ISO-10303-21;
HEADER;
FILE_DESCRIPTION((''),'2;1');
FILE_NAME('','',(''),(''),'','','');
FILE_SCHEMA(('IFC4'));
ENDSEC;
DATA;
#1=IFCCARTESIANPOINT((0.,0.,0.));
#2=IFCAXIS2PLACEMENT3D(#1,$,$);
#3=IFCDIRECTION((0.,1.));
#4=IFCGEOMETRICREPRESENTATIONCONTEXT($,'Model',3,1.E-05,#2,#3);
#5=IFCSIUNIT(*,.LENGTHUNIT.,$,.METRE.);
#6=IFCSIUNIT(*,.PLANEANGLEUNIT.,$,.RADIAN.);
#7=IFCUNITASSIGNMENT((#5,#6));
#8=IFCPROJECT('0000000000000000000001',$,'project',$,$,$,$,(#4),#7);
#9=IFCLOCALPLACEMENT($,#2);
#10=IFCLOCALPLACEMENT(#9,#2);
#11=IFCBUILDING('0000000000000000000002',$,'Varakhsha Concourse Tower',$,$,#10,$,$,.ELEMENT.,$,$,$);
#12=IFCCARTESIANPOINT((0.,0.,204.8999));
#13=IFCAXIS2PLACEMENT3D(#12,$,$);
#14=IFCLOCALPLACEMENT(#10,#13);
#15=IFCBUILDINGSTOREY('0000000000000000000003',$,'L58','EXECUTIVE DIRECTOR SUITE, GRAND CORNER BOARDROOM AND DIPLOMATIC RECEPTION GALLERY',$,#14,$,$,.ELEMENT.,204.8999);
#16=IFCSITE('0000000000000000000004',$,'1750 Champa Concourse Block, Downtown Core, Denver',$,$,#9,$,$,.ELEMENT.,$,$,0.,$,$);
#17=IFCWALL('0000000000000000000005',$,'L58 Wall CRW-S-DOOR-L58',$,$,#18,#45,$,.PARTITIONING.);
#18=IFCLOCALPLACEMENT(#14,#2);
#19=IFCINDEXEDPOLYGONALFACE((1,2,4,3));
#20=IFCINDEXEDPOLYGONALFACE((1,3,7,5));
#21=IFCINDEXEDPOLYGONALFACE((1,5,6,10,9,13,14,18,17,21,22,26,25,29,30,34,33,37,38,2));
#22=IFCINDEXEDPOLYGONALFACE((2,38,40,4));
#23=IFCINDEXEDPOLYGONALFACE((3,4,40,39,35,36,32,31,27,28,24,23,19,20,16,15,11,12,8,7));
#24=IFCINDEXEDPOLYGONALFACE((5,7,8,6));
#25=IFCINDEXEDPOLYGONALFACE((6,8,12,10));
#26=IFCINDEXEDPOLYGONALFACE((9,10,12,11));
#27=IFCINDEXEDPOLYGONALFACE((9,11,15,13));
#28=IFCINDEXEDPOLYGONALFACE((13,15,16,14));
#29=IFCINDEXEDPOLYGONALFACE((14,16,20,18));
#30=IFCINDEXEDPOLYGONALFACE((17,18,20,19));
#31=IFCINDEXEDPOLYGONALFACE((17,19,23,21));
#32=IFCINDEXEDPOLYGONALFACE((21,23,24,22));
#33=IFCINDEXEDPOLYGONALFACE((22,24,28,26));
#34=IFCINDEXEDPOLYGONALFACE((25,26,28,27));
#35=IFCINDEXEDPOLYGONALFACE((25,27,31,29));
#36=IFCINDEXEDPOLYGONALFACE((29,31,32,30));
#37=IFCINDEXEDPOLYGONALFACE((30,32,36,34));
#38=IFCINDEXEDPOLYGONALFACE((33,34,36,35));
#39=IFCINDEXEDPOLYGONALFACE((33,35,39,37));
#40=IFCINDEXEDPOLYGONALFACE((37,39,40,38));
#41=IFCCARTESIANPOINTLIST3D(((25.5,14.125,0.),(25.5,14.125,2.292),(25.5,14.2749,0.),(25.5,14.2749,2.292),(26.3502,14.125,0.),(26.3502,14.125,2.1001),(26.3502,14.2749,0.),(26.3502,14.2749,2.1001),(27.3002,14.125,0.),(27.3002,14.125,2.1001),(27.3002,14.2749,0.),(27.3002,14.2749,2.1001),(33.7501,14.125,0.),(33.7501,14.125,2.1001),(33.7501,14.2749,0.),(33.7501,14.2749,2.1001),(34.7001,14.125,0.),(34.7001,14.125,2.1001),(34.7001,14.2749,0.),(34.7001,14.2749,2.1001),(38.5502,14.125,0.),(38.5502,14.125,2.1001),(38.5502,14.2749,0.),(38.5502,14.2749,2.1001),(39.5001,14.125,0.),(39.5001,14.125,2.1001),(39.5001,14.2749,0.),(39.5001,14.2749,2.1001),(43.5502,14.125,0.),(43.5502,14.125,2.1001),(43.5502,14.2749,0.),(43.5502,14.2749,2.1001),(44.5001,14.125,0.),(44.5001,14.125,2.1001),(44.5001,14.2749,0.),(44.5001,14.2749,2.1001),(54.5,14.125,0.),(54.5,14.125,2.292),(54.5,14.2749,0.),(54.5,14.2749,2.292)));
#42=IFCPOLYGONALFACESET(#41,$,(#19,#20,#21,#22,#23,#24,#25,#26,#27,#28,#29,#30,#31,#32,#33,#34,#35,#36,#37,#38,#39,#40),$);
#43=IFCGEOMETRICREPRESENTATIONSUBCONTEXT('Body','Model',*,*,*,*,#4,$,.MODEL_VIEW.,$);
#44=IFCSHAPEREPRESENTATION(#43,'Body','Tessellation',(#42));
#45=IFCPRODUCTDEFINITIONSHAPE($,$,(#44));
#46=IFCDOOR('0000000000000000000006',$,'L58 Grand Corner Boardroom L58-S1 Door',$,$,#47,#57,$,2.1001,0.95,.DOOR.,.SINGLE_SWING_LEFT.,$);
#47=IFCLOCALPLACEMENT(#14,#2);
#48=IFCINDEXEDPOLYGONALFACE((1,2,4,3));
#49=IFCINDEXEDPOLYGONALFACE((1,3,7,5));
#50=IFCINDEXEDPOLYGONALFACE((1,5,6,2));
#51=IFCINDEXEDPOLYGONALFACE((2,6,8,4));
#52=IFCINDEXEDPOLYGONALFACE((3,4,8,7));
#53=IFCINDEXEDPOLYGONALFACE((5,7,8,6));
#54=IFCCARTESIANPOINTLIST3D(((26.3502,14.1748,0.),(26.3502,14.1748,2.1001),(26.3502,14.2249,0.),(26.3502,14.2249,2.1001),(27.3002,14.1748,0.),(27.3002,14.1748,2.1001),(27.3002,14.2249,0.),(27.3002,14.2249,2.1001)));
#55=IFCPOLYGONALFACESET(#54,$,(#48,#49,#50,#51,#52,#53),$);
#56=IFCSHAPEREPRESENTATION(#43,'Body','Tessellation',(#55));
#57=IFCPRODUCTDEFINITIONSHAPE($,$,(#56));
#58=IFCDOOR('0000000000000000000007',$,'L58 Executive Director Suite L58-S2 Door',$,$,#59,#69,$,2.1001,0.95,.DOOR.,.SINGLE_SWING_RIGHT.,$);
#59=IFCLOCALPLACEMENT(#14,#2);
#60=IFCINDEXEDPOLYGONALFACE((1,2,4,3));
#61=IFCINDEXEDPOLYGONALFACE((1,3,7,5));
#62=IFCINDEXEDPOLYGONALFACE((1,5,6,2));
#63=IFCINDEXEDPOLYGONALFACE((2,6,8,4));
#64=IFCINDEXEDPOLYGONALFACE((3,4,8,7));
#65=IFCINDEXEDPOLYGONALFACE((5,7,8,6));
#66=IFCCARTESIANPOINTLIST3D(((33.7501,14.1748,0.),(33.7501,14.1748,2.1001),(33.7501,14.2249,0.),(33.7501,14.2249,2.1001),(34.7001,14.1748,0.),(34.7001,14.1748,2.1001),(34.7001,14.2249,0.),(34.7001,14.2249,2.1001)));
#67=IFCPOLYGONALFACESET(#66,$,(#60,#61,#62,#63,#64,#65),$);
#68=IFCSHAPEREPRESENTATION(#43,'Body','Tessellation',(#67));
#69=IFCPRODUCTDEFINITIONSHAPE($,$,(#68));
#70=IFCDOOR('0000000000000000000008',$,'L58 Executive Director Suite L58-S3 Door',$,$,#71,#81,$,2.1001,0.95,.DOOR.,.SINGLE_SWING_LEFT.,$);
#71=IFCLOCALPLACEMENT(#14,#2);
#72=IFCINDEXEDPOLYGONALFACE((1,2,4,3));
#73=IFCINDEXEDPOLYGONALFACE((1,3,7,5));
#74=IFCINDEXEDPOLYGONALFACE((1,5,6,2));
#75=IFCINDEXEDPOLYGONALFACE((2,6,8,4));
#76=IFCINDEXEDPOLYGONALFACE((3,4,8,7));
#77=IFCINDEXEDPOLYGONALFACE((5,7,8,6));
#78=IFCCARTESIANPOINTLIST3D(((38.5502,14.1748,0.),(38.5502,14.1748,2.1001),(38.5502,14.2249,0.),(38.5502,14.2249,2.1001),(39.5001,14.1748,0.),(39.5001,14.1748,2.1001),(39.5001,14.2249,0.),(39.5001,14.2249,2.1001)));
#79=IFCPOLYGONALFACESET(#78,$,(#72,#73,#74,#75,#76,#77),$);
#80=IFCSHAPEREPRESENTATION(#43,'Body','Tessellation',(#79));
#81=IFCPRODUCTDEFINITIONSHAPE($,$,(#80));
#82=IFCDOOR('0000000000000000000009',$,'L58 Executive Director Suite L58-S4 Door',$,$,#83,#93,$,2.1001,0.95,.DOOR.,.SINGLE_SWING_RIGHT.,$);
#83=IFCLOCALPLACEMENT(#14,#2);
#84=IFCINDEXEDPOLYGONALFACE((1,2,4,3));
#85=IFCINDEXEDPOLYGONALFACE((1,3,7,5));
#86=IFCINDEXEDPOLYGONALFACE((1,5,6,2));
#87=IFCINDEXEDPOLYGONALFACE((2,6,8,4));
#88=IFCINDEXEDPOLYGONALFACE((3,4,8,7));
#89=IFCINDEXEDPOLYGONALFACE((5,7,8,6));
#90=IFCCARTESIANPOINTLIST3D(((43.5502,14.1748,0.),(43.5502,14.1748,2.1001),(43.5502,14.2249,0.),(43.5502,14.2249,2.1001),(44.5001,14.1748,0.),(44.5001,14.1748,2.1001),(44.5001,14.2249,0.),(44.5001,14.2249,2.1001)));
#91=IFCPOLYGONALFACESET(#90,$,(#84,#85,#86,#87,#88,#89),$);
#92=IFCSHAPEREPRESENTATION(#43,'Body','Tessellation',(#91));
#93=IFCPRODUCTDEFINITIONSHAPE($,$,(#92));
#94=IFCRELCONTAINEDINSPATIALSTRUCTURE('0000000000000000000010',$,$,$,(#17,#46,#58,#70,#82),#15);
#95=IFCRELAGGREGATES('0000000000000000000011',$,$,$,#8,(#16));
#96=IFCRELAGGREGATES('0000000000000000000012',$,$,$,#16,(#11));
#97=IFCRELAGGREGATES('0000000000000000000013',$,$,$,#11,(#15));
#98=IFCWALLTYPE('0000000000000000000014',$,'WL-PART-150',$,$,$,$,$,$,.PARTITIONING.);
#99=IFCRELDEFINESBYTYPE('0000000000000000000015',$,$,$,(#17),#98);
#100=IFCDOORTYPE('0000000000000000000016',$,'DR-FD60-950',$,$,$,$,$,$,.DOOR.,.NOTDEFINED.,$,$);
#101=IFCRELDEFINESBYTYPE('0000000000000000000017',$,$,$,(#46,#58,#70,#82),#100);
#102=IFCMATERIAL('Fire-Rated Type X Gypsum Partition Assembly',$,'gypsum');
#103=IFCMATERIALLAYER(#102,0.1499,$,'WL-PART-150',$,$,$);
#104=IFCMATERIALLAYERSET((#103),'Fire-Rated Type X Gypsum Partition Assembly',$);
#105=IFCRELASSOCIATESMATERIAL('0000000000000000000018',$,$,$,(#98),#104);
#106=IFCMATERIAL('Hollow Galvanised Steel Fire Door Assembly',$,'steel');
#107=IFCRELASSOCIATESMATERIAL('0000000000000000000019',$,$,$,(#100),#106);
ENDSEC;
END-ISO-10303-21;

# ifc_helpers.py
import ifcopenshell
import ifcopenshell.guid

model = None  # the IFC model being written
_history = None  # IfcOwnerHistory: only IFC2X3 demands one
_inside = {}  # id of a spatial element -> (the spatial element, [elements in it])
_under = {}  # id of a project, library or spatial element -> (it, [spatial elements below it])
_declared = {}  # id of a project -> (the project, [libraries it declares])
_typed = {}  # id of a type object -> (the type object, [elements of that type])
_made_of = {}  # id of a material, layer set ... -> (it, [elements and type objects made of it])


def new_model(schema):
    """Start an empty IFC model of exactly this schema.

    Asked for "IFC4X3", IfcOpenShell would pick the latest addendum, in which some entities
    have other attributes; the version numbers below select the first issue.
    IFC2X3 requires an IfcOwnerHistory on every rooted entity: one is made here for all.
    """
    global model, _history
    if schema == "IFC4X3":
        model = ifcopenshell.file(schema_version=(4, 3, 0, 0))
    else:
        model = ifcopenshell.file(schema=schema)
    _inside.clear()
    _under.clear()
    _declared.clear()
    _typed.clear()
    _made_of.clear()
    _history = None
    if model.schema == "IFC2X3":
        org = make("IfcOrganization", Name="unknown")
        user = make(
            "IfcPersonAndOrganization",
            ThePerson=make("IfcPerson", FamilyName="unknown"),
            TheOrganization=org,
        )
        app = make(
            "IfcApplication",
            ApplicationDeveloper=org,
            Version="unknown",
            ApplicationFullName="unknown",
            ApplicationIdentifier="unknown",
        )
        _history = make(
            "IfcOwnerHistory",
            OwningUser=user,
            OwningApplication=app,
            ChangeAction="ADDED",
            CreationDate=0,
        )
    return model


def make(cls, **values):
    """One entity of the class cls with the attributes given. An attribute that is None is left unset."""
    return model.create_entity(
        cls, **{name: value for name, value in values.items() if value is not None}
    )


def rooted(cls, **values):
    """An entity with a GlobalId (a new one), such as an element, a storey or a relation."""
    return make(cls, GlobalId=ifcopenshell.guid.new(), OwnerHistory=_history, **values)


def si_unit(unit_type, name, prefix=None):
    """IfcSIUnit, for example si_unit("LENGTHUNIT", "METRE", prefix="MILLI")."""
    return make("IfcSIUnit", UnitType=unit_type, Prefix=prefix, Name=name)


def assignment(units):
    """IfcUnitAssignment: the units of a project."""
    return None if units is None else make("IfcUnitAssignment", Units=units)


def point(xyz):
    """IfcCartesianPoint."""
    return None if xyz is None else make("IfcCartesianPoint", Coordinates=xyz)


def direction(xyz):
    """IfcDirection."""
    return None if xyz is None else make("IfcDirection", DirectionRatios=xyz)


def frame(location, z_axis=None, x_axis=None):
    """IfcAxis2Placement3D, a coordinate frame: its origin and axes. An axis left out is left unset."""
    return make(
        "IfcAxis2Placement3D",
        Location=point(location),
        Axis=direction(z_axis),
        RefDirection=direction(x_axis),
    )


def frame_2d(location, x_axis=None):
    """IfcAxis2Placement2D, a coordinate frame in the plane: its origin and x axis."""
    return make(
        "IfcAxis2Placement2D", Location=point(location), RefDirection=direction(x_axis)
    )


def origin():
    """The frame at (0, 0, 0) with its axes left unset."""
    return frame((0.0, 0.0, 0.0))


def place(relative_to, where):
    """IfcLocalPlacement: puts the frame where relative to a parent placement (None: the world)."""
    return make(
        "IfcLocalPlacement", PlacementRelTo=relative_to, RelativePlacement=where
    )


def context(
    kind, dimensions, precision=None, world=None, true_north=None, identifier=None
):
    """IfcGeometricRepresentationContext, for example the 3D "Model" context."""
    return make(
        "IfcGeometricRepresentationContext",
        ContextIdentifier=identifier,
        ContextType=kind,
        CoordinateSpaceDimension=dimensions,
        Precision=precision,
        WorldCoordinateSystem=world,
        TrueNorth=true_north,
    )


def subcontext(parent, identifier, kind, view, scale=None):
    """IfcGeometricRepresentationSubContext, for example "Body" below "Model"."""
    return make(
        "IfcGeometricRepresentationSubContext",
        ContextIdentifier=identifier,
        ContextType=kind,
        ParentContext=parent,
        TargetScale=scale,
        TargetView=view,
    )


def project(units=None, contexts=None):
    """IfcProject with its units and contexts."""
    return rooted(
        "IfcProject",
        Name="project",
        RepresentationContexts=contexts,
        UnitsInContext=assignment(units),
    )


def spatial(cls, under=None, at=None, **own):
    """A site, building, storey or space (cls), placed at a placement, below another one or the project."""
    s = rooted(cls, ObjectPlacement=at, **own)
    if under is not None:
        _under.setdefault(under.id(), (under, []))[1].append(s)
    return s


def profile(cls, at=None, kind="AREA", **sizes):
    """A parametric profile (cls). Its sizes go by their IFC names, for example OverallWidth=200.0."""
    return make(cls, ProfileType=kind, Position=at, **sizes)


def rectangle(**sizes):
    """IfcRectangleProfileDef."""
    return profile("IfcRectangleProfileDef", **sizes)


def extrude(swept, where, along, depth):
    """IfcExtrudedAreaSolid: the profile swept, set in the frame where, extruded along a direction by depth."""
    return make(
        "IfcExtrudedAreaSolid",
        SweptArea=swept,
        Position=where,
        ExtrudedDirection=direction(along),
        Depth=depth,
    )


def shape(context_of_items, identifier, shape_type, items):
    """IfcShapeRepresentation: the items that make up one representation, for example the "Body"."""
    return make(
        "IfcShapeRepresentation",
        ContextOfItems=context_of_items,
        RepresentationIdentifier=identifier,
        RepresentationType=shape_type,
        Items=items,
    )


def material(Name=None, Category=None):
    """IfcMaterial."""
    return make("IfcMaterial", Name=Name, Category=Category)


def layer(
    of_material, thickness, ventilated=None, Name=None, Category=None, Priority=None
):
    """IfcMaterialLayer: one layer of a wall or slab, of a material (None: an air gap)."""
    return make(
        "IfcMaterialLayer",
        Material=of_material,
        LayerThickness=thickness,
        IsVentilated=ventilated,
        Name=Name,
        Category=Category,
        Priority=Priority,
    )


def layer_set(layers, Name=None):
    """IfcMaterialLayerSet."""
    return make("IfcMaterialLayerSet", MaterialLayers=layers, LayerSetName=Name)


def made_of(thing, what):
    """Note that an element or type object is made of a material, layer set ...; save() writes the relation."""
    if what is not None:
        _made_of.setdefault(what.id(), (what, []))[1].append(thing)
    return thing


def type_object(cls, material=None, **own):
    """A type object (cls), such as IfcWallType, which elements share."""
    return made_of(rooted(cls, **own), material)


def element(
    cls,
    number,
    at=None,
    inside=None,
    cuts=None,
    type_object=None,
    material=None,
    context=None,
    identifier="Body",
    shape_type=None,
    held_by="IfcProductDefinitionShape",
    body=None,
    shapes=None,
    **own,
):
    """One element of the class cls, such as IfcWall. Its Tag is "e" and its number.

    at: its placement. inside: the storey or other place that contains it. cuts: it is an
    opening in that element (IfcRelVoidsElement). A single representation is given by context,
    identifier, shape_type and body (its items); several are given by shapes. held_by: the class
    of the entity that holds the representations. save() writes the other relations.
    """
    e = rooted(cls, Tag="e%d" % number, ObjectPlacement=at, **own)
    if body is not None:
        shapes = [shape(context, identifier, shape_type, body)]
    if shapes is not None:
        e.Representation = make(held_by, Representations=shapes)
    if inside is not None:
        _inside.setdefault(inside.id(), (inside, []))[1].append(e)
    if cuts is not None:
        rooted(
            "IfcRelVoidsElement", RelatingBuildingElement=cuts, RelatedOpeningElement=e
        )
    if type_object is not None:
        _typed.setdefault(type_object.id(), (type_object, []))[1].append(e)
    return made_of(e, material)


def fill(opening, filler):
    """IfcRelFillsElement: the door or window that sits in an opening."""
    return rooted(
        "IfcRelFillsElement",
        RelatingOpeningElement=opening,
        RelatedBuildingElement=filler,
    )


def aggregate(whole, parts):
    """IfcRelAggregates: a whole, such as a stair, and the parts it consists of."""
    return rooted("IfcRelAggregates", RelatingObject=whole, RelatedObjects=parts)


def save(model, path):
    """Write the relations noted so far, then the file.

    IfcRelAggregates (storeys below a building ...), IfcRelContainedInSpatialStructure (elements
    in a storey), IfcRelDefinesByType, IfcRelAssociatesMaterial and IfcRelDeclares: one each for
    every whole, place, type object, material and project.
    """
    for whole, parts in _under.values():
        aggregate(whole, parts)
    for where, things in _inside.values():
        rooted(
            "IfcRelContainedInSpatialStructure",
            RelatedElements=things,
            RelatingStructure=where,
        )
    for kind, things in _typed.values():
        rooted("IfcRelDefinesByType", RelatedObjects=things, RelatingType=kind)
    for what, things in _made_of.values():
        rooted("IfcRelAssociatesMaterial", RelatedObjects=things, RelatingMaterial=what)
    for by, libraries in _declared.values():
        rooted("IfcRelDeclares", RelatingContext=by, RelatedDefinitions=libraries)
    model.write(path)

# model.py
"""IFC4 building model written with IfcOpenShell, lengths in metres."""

from ifc_helpers import new_model, si_unit, direction, frame, frame_2d, origin, place, context, subcontext, project, spatial, rectangle, extrude, material, layer, layer_set, type_object, element, fill, save


model = new_model("IFC4")

# Units and contexts
model_context = context("Model", 3, precision=1e-05, world=origin(), true_north=direction((0.0, 1.0)))
body_context = subcontext(model_context, "Body", "Model", "MODEL_VIEW")
ifc_project = project(units=[si_unit("LENGTHUNIT", "METRE"), si_unit("PLANEANGLEUNIT", "RADIAN")], contexts=[model_context])

# Site, building, storey
site_placement = place(None, origin())
site = spatial("IfcSite", under=ifc_project, at=site_placement, Name="1750 Champa Concourse Block, Downtown Core, Denver", CompositionType="ELEMENT", RefElevation=0.0)
building_placement = place(site_placement, origin())
building = spatial("IfcBuilding", under=site, at=building_placement, Name="Varakhsha Concourse Tower", CompositionType="ELEMENT")
storey_placement = place(building_placement, frame((0.0, 0.0, 204.8999)))
storey = spatial("IfcBuildingStorey", under=building, at=storey_placement, Name="L58", Description="EXECUTIVE DIRECTOR SUITE, GRAND CORNER BOARDROOM AND DIPLOMATIC RECEPTION GALLERY", CompositionType="ELEMENT", Elevation=204.8999)

# Wall, openings, doors
ifc_material_1 = material(Name="Fire-Rated Type X Gypsum Partition Assembly", Category="gypsum")
ifc_layer_1 = layer(ifc_material_1, 0.1499, Name="WL-PART-150")
ifc_layer_set_1 = layer_set([ifc_layer_1], Name="Fire-Rated Type X Gypsum Partition Assembly")
wall_type = type_object("IfcWallType", Name="WL-PART-150", PredefinedType="PARTITIONING", material=ifc_layer_set_1)
ifc_material_2 = material(Name="Hollow Galvanised Steel Fire Door Assembly", Category="steel")
door_type = type_object("IfcDoorType", Name="DR-FD60-950", OperationType="NOTDEFINED", PredefinedType="DOOR", material=ifc_material_2)
wall_1_placement = place(storey_placement, frame((25.5, 14.2, 0.0), z_axis=(0.0, 0.0, 1.0), x_axis=(1.0, 0.0, 0.0)))
wall_1 = element("IfcWall", 1, at=wall_1_placement, inside=storey, type_object=wall_type, Name="L58 Wall CRW-S-DOOR-L58", PredefinedType="PARTITIONING", context=body_context, shape_type="SweptSolid", body=[
    extrude(rectangle(XDim=29.0, YDim=0.1499, at=frame_2d((14.5, 0.0))), origin(), (0.0, 0.0, 1.0), 2.292),
])
opening_1_placement = place(wall_1_placement, frame((0.8501, 0.0, 0.0)))
opening_1 = element("IfcOpeningElement", 2, at=opening_1_placement, cuts=wall_1, PredefinedType="OPENING", context=body_context, shape_type="SweptSolid", body=[
    extrude(rectangle(XDim=0.95, YDim=2.1001, at=frame_2d((0.4751, 1.05))), frame((0.0, 0.085, 0.0), z_axis=(0.0, -1.0, 0.0), x_axis=(1.0, 0.0, 0.0)), (0.0, 0.0, 1.0), 0.1699),
])
opening_2_placement = place(wall_1_placement, frame((8.25, 0.0, 0.0)))
opening_2 = element("IfcOpeningElement", 3, at=opening_2_placement, cuts=wall_1, PredefinedType="OPENING", context=body_context, shape_type="SweptSolid", body=[
    extrude(rectangle(XDim=0.95, YDim=2.1001, at=frame_2d((0.4751, 1.05))), frame((0.0, 0.085, 0.0), z_axis=(0.0, -1.0, 0.0), x_axis=(1.0, 0.0, 0.0)), (0.0, 0.0, 1.0), 0.1699),
])
opening_3_placement = place(wall_1_placement, frame((13.05, 0.0, 0.0)))
opening_3 = element("IfcOpeningElement", 4, at=opening_3_placement, cuts=wall_1, PredefinedType="OPENING", context=body_context, shape_type="SweptSolid", body=[
    extrude(rectangle(XDim=0.95, YDim=2.1001, at=frame_2d((0.4751, 1.05))), frame((0.0, 0.085, 0.0), z_axis=(0.0, -1.0, 0.0), x_axis=(1.0, 0.0, 0.0)), (0.0, 0.0, 1.0), 0.1699),
])
opening_4_placement = place(wall_1_placement, frame((18.05, 0.0, 0.0)))
opening_4 = element("IfcOpeningElement", 5, at=opening_4_placement, cuts=wall_1, PredefinedType="OPENING", context=body_context, shape_type="SweptSolid", body=[
    extrude(rectangle(XDim=0.95, YDim=2.1001, at=frame_2d((0.4751, 1.05))), frame((0.0, 0.085, 0.0), z_axis=(0.0, -1.0, 0.0), x_axis=(1.0, 0.0, 0.0)), (0.0, 0.0, 1.0), 0.1699),
])
door_1_placement = place(opening_1_placement, origin())
door_1 = element("IfcDoor", 6, at=door_1_placement, inside=storey, type_object=door_type, Name="L58 Grand Corner Boardroom L58-S1 Door", OperationType="SINGLE_SWING_LEFT", OverallHeight=2.1001, OverallWidth=0.95, PredefinedType="DOOR", context=body_context, shape_type="SweptSolid", body=[
    extrude(rectangle(XDim=0.95, YDim=2.1001, at=frame_2d((0.4751, 1.05))), frame((0.0, 0.0249, 0.0), z_axis=(0.0, -1.0, 0.0), x_axis=(1.0, 0.0, 0.0)), (0.0, 0.0, 1.0), 0.05),
])
fill(opening_1, door_1)
door_2_placement = place(opening_2_placement, origin())
door_2 = element("IfcDoor", 7, at=door_2_placement, inside=storey, type_object=door_type, Name="L58 Executive Director Suite L58-S2 Door", OperationType="SINGLE_SWING_RIGHT", OverallHeight=2.1001, OverallWidth=0.95, PredefinedType="DOOR", context=body_context, shape_type="SweptSolid", body=[
    extrude(rectangle(XDim=0.95, YDim=2.1001, at=frame_2d((0.4751, 1.05))), frame((0.0, 0.0249, 0.0), z_axis=(0.0, -1.0, 0.0), x_axis=(1.0, 0.0, 0.0)), (0.0, 0.0, 1.0), 0.05),
])
fill(opening_2, door_2)
door_3_placement = place(opening_3_placement, origin())
door_3 = element("IfcDoor", 8, at=door_3_placement, inside=storey, type_object=door_type, Name="L58 Executive Director Suite L58-S3 Door", OperationType="SINGLE_SWING_LEFT", OverallHeight=2.1001, OverallWidth=0.95, PredefinedType="DOOR", context=body_context, shape_type="SweptSolid", body=[
    extrude(rectangle(XDim=0.95, YDim=2.1001, at=frame_2d((0.4751, 1.05))), frame((0.0, 0.0249, 0.0), z_axis=(0.0, -1.0, 0.0), x_axis=(1.0, 0.0, 0.0)), (0.0, 0.0, 1.0), 0.05),
])
fill(opening_3, door_3)
door_4_placement = place(opening_4_placement, origin())
door_4 = element("IfcDoor", 9, at=door_4_placement, inside=storey, type_object=door_type, Name="L58 Executive Director Suite L58-S4 Door", OperationType="SINGLE_SWING_RIGHT", OverallHeight=2.1001, OverallWidth=0.95, PredefinedType="DOOR", context=body_context, shape_type="SweptSolid", body=[
    extrude(rectangle(XDim=0.95, YDim=2.1001, at=frame_2d((0.4751, 1.05))), frame((0.0, 0.0249, 0.0), z_axis=(0.0, -1.0, 0.0), x_axis=(1.0, 0.0, 0.0)), (0.0, 0.0, 1.0), 0.05),
])
fill(opening_4, door_4)

save(model, "model.ifc")
